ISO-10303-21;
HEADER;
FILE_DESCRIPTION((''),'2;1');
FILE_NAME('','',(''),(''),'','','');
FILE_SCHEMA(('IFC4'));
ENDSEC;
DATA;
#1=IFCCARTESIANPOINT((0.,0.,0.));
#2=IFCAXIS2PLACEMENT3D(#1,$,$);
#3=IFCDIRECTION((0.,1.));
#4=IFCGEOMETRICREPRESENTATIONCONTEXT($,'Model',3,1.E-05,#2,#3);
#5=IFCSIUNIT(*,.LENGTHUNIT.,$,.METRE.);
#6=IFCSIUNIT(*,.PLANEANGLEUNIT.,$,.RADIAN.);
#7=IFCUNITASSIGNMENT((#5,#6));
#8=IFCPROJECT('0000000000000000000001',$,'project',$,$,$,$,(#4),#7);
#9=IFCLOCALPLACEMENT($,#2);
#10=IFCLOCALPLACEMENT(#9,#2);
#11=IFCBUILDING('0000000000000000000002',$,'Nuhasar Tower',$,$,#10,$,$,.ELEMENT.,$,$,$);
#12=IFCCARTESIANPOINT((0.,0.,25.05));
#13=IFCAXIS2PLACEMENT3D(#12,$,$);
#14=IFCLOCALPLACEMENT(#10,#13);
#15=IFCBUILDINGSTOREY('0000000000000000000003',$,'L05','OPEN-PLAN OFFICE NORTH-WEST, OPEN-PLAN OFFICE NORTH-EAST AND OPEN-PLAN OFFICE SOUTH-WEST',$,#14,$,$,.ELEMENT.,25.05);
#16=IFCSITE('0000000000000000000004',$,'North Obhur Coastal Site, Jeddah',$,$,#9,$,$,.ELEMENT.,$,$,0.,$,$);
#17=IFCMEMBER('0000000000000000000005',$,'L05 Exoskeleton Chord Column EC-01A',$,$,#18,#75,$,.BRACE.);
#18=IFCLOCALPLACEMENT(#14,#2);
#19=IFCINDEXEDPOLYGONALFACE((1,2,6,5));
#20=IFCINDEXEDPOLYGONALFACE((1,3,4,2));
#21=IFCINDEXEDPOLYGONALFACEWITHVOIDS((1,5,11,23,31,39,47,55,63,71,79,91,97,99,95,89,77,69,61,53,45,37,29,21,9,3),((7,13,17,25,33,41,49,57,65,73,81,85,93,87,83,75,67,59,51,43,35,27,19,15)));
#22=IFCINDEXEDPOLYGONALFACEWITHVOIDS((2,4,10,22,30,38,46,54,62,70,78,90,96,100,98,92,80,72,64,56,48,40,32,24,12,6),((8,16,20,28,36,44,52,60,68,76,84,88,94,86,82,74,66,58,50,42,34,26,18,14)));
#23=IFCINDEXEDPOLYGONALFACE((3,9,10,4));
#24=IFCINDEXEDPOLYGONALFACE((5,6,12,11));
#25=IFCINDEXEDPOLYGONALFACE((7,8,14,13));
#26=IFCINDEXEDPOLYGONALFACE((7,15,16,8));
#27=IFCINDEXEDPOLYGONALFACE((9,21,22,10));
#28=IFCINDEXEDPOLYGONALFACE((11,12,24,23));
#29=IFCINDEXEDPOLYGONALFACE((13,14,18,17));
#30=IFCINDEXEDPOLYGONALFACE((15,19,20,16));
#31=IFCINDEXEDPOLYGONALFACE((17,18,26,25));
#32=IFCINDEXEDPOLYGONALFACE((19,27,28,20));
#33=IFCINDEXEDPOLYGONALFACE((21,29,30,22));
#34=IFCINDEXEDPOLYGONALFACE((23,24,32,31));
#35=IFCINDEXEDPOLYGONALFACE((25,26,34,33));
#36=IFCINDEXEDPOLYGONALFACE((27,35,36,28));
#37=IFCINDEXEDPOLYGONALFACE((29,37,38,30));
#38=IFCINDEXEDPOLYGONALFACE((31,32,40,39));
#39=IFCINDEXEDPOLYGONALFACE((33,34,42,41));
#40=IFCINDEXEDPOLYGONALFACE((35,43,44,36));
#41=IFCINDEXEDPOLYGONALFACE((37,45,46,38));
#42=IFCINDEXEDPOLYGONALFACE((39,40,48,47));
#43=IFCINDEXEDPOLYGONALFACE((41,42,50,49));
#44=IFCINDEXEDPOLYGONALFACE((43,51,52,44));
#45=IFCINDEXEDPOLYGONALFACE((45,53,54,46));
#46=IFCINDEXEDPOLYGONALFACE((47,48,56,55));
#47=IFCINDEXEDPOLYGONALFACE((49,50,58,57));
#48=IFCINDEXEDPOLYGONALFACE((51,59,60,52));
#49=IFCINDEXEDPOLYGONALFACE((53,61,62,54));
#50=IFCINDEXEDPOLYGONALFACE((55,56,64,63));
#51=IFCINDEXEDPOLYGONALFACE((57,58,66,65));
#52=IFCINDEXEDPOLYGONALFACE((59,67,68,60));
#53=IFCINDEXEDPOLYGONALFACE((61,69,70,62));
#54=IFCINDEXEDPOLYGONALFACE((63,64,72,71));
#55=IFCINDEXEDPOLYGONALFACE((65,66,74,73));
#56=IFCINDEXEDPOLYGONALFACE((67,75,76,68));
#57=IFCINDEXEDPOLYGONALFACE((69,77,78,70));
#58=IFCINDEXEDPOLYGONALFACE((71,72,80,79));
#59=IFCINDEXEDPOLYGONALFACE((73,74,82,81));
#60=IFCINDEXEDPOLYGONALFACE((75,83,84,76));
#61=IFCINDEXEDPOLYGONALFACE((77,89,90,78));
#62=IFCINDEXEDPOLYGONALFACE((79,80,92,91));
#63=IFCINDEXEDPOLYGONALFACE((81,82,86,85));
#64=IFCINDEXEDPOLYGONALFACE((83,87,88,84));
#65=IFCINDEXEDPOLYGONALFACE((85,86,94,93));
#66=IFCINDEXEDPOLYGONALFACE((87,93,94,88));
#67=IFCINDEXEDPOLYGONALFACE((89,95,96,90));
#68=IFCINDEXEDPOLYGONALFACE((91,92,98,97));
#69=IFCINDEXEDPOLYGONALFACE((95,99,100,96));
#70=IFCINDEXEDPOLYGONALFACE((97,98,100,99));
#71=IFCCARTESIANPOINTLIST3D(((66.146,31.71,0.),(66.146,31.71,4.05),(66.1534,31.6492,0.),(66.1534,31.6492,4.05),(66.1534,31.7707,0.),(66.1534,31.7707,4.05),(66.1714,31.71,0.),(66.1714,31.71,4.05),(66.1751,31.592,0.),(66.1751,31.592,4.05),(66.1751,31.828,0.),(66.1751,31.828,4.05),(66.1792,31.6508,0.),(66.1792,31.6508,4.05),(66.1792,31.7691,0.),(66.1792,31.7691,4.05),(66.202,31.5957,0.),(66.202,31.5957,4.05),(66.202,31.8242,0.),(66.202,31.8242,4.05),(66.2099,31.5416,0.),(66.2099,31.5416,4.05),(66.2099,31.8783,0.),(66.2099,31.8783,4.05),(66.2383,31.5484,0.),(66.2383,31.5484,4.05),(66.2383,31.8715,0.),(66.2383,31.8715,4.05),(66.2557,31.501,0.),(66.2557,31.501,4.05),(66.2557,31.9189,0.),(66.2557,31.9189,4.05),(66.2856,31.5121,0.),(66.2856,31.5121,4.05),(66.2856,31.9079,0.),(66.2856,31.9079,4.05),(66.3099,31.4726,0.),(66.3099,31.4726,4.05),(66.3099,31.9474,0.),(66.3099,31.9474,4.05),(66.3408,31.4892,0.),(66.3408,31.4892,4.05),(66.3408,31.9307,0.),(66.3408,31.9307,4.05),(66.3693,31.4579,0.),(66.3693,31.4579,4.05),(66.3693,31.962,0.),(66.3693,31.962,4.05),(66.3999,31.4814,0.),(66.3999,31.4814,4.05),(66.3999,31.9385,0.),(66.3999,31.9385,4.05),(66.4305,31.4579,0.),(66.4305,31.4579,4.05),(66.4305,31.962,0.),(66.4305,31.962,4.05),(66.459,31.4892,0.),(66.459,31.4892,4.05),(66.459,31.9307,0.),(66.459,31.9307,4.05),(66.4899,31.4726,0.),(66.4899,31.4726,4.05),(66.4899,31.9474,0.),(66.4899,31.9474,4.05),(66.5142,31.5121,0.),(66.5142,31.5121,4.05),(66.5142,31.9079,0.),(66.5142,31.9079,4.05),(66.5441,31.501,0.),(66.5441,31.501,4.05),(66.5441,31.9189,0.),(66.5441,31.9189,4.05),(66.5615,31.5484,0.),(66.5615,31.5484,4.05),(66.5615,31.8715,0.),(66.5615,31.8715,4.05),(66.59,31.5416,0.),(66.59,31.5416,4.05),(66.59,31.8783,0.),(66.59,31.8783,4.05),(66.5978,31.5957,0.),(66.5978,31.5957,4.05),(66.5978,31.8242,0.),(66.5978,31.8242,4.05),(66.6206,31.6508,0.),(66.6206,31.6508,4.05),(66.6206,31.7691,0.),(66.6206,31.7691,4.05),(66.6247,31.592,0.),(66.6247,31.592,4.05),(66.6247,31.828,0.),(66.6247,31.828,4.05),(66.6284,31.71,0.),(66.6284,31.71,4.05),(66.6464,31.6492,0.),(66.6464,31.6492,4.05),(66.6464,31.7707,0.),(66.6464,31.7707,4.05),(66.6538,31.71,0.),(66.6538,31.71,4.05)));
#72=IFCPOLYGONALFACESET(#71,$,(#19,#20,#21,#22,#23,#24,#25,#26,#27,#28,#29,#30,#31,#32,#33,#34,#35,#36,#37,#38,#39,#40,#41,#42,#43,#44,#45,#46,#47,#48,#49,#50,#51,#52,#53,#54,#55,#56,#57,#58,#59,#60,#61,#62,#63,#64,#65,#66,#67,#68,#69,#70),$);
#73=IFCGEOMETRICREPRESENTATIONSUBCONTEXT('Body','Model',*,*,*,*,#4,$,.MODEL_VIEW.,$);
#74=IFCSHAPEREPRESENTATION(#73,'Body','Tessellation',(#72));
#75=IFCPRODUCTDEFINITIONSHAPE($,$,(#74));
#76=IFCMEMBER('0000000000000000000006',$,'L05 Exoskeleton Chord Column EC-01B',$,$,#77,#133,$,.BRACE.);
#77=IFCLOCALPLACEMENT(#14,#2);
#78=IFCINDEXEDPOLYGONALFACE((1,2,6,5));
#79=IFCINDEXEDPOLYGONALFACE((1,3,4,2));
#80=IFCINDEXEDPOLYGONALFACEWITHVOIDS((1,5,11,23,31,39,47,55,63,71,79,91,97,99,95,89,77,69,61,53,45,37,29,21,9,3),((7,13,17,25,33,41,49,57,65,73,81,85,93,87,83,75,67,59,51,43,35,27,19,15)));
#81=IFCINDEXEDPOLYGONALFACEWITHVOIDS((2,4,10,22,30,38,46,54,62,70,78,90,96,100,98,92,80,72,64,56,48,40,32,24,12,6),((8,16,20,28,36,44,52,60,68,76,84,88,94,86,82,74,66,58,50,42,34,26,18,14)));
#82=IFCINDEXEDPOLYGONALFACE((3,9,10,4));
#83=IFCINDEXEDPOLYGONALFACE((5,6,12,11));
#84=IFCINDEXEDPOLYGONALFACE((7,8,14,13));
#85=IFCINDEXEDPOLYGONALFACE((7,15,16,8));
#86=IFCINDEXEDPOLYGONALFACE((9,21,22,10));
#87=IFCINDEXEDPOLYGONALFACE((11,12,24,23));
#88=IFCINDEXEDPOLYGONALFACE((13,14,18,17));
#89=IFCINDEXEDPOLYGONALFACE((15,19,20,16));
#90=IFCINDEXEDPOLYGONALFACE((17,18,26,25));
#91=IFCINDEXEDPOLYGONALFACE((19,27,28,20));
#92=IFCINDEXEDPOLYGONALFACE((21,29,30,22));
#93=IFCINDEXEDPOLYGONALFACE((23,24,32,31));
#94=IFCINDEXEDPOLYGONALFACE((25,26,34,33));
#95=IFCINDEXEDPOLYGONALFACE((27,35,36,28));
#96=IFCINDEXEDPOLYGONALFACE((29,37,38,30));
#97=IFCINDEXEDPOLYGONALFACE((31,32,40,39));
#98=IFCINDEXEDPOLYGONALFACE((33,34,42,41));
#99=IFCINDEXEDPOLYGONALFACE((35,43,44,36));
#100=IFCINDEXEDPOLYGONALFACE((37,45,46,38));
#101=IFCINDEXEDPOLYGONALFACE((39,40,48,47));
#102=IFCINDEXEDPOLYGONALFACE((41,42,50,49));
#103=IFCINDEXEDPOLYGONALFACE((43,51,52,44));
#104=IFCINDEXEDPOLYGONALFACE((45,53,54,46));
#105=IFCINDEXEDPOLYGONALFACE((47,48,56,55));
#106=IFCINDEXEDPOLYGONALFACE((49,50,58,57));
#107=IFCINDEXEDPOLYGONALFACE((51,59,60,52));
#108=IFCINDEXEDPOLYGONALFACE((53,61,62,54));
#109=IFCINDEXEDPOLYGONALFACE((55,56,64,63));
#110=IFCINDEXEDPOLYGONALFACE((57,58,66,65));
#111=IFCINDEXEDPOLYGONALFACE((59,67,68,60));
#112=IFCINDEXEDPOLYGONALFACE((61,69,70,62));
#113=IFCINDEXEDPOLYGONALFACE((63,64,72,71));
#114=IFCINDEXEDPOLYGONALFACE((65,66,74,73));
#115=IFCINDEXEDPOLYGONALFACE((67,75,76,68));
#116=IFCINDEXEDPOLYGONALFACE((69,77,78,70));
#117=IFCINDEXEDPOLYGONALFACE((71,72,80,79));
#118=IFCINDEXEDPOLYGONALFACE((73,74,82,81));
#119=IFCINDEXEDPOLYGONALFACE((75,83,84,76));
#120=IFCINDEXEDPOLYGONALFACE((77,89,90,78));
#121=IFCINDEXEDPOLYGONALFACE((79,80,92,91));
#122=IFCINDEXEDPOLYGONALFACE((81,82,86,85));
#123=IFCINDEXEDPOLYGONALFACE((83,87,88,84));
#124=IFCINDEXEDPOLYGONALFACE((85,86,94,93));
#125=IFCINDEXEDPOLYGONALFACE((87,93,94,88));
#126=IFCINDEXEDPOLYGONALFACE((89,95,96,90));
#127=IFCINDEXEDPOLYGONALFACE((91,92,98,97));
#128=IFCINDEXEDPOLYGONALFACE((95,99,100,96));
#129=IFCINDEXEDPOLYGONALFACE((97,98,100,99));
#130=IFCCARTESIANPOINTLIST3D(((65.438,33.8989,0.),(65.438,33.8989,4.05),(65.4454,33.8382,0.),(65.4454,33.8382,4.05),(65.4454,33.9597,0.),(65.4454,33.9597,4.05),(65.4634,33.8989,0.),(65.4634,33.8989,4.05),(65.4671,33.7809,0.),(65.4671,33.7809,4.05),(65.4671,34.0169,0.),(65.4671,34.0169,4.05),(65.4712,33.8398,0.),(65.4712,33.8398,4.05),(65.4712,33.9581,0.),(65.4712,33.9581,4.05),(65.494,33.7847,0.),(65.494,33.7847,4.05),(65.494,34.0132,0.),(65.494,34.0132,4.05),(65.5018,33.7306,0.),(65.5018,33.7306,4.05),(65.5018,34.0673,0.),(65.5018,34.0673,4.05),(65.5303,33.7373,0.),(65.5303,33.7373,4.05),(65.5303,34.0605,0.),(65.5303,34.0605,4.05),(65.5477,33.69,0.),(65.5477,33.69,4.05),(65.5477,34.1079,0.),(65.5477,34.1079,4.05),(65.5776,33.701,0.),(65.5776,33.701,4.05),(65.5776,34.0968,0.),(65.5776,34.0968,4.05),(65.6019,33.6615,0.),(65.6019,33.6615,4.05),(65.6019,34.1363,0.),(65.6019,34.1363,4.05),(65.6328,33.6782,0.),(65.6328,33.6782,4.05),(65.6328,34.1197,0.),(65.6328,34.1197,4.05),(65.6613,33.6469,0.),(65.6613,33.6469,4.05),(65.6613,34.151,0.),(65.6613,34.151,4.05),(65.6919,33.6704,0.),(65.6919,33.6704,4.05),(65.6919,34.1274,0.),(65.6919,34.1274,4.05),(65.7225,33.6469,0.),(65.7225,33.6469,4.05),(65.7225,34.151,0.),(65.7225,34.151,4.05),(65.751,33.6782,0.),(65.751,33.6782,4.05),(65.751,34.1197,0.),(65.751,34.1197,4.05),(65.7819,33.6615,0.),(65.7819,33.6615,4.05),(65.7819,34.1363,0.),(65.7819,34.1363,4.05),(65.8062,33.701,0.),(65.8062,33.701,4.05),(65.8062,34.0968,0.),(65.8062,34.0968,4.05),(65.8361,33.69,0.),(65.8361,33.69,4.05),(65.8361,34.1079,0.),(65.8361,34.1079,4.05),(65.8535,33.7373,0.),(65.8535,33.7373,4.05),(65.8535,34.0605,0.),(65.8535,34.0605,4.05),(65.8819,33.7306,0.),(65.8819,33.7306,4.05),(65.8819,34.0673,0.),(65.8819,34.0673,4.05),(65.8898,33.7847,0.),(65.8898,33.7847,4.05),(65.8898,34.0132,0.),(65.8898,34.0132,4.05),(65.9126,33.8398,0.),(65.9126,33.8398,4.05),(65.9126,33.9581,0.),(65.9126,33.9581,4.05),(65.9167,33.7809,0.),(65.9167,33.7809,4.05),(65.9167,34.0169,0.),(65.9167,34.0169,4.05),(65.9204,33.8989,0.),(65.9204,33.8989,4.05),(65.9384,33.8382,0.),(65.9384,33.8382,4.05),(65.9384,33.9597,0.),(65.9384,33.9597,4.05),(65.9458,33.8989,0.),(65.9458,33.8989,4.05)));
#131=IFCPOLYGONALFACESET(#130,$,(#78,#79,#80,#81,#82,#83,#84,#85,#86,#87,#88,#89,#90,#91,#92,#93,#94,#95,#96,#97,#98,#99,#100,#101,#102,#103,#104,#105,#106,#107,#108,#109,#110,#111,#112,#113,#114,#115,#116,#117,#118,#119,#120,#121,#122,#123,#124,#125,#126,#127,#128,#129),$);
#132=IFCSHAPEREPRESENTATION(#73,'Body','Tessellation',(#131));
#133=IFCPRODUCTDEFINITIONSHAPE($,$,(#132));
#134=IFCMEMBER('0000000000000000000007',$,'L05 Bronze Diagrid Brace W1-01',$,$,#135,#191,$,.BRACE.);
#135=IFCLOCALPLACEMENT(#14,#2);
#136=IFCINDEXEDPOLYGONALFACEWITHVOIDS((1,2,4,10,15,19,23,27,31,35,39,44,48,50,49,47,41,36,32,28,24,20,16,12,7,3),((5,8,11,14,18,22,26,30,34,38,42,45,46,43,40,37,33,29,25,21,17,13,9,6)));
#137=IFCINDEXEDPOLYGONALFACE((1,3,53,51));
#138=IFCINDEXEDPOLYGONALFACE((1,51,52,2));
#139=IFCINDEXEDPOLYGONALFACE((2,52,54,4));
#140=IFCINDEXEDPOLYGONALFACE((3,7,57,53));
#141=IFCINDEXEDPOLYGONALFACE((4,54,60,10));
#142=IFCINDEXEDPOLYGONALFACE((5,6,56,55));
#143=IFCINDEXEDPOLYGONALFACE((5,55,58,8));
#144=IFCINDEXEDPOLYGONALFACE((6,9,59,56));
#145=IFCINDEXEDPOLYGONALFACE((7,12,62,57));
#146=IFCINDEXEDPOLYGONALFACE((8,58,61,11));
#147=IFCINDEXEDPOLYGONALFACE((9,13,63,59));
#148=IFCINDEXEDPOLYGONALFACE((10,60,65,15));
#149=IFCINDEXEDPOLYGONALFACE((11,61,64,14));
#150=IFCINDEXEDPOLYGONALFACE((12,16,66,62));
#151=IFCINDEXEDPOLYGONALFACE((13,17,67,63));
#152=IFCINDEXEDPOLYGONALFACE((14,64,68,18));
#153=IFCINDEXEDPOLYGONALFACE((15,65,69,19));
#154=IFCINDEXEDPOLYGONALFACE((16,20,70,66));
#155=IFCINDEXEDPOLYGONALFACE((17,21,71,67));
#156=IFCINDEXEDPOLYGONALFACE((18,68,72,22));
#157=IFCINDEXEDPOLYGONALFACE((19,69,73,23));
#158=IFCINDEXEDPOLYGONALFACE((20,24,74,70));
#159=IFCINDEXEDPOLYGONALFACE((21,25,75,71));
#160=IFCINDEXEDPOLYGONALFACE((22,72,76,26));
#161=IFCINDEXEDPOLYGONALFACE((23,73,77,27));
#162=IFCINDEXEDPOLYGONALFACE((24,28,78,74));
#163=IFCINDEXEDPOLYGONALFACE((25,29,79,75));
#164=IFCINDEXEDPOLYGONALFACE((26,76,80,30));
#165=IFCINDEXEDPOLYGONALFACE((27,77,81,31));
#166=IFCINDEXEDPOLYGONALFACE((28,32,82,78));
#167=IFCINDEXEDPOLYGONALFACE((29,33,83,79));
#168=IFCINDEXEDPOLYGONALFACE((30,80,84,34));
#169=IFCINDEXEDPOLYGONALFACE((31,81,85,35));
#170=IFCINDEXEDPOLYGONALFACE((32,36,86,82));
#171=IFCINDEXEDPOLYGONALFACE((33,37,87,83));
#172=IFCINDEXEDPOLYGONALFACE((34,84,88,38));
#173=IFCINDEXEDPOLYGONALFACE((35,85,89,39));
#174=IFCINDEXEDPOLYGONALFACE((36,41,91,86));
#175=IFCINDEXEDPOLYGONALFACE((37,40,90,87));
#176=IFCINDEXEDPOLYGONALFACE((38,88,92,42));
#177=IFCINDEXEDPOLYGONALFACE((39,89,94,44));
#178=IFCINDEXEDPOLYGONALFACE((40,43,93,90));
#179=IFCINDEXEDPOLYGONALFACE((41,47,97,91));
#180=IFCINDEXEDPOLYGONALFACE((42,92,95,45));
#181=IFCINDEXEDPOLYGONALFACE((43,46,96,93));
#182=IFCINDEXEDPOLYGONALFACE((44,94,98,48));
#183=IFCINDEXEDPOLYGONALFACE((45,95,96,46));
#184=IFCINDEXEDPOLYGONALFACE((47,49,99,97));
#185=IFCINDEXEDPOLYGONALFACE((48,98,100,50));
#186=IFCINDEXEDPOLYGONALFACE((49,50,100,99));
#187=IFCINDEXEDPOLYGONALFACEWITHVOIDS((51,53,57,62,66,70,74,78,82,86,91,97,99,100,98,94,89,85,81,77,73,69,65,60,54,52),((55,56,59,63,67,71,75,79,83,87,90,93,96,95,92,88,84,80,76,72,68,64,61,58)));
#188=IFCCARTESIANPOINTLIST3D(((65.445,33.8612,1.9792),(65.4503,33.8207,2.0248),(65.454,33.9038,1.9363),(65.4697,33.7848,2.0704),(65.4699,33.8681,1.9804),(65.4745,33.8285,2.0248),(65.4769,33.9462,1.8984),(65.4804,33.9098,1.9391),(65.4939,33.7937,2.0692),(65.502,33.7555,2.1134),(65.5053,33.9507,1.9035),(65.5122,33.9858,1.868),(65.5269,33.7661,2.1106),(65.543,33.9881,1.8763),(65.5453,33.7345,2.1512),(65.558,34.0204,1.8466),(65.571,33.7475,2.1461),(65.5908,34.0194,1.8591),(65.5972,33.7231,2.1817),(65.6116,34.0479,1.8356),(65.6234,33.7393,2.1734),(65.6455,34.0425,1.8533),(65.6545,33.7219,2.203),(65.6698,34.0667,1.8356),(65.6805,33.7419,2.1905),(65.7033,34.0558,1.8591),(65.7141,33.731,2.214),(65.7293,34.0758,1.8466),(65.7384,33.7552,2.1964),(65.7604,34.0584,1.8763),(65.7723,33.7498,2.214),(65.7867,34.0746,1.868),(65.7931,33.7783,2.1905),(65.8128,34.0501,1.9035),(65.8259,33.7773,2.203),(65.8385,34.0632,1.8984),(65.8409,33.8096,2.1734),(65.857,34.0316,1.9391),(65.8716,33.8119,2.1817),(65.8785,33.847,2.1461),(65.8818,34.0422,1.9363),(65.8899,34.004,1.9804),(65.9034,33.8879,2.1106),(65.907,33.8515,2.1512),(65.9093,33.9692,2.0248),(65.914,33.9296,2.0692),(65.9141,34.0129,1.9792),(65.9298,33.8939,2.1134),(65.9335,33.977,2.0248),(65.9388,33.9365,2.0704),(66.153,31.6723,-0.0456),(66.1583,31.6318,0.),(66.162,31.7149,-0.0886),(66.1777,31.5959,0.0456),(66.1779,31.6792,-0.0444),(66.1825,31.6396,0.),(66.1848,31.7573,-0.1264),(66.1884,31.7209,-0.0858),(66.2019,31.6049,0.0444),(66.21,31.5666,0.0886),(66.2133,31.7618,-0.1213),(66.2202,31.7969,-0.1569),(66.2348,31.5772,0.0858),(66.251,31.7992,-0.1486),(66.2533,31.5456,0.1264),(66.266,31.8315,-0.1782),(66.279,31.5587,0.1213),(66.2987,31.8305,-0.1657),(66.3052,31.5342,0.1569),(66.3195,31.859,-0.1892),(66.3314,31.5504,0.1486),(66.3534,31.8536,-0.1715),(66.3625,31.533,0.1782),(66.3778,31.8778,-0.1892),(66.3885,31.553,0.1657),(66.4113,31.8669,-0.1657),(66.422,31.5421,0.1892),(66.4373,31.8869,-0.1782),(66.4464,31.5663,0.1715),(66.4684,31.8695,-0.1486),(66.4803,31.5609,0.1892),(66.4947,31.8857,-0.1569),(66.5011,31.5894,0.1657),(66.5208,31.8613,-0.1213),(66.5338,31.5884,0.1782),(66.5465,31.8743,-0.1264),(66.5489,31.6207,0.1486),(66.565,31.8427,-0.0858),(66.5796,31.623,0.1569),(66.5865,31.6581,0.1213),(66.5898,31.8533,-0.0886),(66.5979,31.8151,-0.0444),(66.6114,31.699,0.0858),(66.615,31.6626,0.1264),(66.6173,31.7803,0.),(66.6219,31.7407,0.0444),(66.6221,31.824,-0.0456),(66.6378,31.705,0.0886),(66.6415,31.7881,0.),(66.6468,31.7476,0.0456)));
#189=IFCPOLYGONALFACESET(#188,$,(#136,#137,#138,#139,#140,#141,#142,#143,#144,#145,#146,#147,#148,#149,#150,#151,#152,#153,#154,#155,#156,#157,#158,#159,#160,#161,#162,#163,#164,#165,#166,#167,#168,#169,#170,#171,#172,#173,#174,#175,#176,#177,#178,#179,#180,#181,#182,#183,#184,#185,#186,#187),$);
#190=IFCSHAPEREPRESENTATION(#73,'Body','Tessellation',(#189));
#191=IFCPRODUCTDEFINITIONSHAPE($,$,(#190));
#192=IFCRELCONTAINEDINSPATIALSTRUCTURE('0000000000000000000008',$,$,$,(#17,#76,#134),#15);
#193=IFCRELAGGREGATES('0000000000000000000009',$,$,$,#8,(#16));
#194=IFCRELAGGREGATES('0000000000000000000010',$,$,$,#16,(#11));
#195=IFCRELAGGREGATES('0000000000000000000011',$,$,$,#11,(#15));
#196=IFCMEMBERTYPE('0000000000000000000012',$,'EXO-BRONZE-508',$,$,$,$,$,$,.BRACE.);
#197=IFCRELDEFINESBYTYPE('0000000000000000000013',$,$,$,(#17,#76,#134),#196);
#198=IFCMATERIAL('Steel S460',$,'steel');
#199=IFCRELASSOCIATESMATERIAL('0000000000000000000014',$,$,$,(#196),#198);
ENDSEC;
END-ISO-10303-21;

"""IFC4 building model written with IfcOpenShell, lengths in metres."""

from ifc_helpers import new_model, si_unit, direction, frame, origin, origin_2d, place, context, subcontext, project, spatial, hollow_circle, extrude, material, material_profile, profile_set, type_object, element, save


model = new_model("IFC4")

# Units and contexts
model_context = context("Model", 3, precision=1e-05, world=origin(), true_north=direction((0.0, 1.0)))
body_context = subcontext(model_context, "Body", "Model", "MODEL_VIEW")
ifc_project = project(units=[si_unit("LENGTHUNIT", "METRE"), si_unit("PLANEANGLEUNIT", "RADIAN")], contexts=[model_context])

# Site, building, storey
site_placement = place(None, origin())
site = spatial("IfcSite", under=ifc_project, at=site_placement, Name="North Obhur Coastal Site, Jeddah", CompositionType="ELEMENT", RefElevation=0.0)
building_placement = place(site_placement, origin())
building = spatial("IfcBuilding", under=site, at=building_placement, Name="Nuhasar Tower", CompositionType="ELEMENT")
storey_placement = place(building_placement, frame((0.0, 0.0, 25.05)))
storey = spatial("IfcBuildingStorey", under=building, at=storey_placement, Name="L05", Description="OPEN-PLAN OFFICE NORTH-WEST, OPEN-PLAN OFFICE NORTH-EAST AND OPEN-PLAN OFFICE SOUTH-WEST", CompositionType="ELEMENT", Elevation=25.05)

# Members
ifc_material_1 = material(Name="Steel S460", Category="steel")
ifc_material_profile_1 = material_profile(ifc_material_1, hollow_circle(Radius=0.2539, WallThickness=0.0254, at=origin_2d()), Name="HSS508X25.4")
ifc_profile_set_1 = profile_set([ifc_material_profile_1], Name="Steel S460")
member_type_1 = type_object("IfcMemberType", Name="EXO-BRONZE-508", PredefinedType="BRACE", material=ifc_profile_set_1)
for number, where, z_axis, x_axis, name in (
    (1, (66.3999, 31.71, 0.0), (0.0, 0.0, 1.0), (1.0, 0.0, 0.0), "L05 Exoskeleton Chord Column EC-01A"),
    (2, (65.6919, 33.8989, 0.0), (0.0, 0.0, 1.0), (1.0, 0.0, 0.0), "L05 Exoskeleton Chord Column EC-01B"),
):
    element("IfcMember", number, at=place(storey_placement, frame(where, z_axis=z_axis, x_axis=x_axis)), inside=storey, type_object=member_type_1, Name=name, PredefinedType="BRACE", context=body_context, shape_type="SweptSolid", body=[
        extrude(hollow_circle(Radius=0.2539, WallThickness=0.0254, at=origin_2d()), origin(), (0.0, 0.0, 1.0), 4.05),
    ])
member_1_placement = place(storey_placement, frame((66.3999, 31.71, 0.0), z_axis=(-0.231012, 0.714225, 0.660694), x_axis=(-0.951468, -0.307747, 0.0)))
element("IfcMember", 3, at=member_1_placement, inside=storey, type_object=member_type_1, Name="L05 Bronze Diagrid Brace W1-01", PredefinedType="BRACE", context=body_context, shape_type="SweptSolid", body=[
    extrude(hollow_circle(Radius=0.2539, WallThickness=0.0254, at=origin_2d()), origin(), (0.0, 0.0, 1.0), 3.0647),
])

save(model, "model.ifc")
